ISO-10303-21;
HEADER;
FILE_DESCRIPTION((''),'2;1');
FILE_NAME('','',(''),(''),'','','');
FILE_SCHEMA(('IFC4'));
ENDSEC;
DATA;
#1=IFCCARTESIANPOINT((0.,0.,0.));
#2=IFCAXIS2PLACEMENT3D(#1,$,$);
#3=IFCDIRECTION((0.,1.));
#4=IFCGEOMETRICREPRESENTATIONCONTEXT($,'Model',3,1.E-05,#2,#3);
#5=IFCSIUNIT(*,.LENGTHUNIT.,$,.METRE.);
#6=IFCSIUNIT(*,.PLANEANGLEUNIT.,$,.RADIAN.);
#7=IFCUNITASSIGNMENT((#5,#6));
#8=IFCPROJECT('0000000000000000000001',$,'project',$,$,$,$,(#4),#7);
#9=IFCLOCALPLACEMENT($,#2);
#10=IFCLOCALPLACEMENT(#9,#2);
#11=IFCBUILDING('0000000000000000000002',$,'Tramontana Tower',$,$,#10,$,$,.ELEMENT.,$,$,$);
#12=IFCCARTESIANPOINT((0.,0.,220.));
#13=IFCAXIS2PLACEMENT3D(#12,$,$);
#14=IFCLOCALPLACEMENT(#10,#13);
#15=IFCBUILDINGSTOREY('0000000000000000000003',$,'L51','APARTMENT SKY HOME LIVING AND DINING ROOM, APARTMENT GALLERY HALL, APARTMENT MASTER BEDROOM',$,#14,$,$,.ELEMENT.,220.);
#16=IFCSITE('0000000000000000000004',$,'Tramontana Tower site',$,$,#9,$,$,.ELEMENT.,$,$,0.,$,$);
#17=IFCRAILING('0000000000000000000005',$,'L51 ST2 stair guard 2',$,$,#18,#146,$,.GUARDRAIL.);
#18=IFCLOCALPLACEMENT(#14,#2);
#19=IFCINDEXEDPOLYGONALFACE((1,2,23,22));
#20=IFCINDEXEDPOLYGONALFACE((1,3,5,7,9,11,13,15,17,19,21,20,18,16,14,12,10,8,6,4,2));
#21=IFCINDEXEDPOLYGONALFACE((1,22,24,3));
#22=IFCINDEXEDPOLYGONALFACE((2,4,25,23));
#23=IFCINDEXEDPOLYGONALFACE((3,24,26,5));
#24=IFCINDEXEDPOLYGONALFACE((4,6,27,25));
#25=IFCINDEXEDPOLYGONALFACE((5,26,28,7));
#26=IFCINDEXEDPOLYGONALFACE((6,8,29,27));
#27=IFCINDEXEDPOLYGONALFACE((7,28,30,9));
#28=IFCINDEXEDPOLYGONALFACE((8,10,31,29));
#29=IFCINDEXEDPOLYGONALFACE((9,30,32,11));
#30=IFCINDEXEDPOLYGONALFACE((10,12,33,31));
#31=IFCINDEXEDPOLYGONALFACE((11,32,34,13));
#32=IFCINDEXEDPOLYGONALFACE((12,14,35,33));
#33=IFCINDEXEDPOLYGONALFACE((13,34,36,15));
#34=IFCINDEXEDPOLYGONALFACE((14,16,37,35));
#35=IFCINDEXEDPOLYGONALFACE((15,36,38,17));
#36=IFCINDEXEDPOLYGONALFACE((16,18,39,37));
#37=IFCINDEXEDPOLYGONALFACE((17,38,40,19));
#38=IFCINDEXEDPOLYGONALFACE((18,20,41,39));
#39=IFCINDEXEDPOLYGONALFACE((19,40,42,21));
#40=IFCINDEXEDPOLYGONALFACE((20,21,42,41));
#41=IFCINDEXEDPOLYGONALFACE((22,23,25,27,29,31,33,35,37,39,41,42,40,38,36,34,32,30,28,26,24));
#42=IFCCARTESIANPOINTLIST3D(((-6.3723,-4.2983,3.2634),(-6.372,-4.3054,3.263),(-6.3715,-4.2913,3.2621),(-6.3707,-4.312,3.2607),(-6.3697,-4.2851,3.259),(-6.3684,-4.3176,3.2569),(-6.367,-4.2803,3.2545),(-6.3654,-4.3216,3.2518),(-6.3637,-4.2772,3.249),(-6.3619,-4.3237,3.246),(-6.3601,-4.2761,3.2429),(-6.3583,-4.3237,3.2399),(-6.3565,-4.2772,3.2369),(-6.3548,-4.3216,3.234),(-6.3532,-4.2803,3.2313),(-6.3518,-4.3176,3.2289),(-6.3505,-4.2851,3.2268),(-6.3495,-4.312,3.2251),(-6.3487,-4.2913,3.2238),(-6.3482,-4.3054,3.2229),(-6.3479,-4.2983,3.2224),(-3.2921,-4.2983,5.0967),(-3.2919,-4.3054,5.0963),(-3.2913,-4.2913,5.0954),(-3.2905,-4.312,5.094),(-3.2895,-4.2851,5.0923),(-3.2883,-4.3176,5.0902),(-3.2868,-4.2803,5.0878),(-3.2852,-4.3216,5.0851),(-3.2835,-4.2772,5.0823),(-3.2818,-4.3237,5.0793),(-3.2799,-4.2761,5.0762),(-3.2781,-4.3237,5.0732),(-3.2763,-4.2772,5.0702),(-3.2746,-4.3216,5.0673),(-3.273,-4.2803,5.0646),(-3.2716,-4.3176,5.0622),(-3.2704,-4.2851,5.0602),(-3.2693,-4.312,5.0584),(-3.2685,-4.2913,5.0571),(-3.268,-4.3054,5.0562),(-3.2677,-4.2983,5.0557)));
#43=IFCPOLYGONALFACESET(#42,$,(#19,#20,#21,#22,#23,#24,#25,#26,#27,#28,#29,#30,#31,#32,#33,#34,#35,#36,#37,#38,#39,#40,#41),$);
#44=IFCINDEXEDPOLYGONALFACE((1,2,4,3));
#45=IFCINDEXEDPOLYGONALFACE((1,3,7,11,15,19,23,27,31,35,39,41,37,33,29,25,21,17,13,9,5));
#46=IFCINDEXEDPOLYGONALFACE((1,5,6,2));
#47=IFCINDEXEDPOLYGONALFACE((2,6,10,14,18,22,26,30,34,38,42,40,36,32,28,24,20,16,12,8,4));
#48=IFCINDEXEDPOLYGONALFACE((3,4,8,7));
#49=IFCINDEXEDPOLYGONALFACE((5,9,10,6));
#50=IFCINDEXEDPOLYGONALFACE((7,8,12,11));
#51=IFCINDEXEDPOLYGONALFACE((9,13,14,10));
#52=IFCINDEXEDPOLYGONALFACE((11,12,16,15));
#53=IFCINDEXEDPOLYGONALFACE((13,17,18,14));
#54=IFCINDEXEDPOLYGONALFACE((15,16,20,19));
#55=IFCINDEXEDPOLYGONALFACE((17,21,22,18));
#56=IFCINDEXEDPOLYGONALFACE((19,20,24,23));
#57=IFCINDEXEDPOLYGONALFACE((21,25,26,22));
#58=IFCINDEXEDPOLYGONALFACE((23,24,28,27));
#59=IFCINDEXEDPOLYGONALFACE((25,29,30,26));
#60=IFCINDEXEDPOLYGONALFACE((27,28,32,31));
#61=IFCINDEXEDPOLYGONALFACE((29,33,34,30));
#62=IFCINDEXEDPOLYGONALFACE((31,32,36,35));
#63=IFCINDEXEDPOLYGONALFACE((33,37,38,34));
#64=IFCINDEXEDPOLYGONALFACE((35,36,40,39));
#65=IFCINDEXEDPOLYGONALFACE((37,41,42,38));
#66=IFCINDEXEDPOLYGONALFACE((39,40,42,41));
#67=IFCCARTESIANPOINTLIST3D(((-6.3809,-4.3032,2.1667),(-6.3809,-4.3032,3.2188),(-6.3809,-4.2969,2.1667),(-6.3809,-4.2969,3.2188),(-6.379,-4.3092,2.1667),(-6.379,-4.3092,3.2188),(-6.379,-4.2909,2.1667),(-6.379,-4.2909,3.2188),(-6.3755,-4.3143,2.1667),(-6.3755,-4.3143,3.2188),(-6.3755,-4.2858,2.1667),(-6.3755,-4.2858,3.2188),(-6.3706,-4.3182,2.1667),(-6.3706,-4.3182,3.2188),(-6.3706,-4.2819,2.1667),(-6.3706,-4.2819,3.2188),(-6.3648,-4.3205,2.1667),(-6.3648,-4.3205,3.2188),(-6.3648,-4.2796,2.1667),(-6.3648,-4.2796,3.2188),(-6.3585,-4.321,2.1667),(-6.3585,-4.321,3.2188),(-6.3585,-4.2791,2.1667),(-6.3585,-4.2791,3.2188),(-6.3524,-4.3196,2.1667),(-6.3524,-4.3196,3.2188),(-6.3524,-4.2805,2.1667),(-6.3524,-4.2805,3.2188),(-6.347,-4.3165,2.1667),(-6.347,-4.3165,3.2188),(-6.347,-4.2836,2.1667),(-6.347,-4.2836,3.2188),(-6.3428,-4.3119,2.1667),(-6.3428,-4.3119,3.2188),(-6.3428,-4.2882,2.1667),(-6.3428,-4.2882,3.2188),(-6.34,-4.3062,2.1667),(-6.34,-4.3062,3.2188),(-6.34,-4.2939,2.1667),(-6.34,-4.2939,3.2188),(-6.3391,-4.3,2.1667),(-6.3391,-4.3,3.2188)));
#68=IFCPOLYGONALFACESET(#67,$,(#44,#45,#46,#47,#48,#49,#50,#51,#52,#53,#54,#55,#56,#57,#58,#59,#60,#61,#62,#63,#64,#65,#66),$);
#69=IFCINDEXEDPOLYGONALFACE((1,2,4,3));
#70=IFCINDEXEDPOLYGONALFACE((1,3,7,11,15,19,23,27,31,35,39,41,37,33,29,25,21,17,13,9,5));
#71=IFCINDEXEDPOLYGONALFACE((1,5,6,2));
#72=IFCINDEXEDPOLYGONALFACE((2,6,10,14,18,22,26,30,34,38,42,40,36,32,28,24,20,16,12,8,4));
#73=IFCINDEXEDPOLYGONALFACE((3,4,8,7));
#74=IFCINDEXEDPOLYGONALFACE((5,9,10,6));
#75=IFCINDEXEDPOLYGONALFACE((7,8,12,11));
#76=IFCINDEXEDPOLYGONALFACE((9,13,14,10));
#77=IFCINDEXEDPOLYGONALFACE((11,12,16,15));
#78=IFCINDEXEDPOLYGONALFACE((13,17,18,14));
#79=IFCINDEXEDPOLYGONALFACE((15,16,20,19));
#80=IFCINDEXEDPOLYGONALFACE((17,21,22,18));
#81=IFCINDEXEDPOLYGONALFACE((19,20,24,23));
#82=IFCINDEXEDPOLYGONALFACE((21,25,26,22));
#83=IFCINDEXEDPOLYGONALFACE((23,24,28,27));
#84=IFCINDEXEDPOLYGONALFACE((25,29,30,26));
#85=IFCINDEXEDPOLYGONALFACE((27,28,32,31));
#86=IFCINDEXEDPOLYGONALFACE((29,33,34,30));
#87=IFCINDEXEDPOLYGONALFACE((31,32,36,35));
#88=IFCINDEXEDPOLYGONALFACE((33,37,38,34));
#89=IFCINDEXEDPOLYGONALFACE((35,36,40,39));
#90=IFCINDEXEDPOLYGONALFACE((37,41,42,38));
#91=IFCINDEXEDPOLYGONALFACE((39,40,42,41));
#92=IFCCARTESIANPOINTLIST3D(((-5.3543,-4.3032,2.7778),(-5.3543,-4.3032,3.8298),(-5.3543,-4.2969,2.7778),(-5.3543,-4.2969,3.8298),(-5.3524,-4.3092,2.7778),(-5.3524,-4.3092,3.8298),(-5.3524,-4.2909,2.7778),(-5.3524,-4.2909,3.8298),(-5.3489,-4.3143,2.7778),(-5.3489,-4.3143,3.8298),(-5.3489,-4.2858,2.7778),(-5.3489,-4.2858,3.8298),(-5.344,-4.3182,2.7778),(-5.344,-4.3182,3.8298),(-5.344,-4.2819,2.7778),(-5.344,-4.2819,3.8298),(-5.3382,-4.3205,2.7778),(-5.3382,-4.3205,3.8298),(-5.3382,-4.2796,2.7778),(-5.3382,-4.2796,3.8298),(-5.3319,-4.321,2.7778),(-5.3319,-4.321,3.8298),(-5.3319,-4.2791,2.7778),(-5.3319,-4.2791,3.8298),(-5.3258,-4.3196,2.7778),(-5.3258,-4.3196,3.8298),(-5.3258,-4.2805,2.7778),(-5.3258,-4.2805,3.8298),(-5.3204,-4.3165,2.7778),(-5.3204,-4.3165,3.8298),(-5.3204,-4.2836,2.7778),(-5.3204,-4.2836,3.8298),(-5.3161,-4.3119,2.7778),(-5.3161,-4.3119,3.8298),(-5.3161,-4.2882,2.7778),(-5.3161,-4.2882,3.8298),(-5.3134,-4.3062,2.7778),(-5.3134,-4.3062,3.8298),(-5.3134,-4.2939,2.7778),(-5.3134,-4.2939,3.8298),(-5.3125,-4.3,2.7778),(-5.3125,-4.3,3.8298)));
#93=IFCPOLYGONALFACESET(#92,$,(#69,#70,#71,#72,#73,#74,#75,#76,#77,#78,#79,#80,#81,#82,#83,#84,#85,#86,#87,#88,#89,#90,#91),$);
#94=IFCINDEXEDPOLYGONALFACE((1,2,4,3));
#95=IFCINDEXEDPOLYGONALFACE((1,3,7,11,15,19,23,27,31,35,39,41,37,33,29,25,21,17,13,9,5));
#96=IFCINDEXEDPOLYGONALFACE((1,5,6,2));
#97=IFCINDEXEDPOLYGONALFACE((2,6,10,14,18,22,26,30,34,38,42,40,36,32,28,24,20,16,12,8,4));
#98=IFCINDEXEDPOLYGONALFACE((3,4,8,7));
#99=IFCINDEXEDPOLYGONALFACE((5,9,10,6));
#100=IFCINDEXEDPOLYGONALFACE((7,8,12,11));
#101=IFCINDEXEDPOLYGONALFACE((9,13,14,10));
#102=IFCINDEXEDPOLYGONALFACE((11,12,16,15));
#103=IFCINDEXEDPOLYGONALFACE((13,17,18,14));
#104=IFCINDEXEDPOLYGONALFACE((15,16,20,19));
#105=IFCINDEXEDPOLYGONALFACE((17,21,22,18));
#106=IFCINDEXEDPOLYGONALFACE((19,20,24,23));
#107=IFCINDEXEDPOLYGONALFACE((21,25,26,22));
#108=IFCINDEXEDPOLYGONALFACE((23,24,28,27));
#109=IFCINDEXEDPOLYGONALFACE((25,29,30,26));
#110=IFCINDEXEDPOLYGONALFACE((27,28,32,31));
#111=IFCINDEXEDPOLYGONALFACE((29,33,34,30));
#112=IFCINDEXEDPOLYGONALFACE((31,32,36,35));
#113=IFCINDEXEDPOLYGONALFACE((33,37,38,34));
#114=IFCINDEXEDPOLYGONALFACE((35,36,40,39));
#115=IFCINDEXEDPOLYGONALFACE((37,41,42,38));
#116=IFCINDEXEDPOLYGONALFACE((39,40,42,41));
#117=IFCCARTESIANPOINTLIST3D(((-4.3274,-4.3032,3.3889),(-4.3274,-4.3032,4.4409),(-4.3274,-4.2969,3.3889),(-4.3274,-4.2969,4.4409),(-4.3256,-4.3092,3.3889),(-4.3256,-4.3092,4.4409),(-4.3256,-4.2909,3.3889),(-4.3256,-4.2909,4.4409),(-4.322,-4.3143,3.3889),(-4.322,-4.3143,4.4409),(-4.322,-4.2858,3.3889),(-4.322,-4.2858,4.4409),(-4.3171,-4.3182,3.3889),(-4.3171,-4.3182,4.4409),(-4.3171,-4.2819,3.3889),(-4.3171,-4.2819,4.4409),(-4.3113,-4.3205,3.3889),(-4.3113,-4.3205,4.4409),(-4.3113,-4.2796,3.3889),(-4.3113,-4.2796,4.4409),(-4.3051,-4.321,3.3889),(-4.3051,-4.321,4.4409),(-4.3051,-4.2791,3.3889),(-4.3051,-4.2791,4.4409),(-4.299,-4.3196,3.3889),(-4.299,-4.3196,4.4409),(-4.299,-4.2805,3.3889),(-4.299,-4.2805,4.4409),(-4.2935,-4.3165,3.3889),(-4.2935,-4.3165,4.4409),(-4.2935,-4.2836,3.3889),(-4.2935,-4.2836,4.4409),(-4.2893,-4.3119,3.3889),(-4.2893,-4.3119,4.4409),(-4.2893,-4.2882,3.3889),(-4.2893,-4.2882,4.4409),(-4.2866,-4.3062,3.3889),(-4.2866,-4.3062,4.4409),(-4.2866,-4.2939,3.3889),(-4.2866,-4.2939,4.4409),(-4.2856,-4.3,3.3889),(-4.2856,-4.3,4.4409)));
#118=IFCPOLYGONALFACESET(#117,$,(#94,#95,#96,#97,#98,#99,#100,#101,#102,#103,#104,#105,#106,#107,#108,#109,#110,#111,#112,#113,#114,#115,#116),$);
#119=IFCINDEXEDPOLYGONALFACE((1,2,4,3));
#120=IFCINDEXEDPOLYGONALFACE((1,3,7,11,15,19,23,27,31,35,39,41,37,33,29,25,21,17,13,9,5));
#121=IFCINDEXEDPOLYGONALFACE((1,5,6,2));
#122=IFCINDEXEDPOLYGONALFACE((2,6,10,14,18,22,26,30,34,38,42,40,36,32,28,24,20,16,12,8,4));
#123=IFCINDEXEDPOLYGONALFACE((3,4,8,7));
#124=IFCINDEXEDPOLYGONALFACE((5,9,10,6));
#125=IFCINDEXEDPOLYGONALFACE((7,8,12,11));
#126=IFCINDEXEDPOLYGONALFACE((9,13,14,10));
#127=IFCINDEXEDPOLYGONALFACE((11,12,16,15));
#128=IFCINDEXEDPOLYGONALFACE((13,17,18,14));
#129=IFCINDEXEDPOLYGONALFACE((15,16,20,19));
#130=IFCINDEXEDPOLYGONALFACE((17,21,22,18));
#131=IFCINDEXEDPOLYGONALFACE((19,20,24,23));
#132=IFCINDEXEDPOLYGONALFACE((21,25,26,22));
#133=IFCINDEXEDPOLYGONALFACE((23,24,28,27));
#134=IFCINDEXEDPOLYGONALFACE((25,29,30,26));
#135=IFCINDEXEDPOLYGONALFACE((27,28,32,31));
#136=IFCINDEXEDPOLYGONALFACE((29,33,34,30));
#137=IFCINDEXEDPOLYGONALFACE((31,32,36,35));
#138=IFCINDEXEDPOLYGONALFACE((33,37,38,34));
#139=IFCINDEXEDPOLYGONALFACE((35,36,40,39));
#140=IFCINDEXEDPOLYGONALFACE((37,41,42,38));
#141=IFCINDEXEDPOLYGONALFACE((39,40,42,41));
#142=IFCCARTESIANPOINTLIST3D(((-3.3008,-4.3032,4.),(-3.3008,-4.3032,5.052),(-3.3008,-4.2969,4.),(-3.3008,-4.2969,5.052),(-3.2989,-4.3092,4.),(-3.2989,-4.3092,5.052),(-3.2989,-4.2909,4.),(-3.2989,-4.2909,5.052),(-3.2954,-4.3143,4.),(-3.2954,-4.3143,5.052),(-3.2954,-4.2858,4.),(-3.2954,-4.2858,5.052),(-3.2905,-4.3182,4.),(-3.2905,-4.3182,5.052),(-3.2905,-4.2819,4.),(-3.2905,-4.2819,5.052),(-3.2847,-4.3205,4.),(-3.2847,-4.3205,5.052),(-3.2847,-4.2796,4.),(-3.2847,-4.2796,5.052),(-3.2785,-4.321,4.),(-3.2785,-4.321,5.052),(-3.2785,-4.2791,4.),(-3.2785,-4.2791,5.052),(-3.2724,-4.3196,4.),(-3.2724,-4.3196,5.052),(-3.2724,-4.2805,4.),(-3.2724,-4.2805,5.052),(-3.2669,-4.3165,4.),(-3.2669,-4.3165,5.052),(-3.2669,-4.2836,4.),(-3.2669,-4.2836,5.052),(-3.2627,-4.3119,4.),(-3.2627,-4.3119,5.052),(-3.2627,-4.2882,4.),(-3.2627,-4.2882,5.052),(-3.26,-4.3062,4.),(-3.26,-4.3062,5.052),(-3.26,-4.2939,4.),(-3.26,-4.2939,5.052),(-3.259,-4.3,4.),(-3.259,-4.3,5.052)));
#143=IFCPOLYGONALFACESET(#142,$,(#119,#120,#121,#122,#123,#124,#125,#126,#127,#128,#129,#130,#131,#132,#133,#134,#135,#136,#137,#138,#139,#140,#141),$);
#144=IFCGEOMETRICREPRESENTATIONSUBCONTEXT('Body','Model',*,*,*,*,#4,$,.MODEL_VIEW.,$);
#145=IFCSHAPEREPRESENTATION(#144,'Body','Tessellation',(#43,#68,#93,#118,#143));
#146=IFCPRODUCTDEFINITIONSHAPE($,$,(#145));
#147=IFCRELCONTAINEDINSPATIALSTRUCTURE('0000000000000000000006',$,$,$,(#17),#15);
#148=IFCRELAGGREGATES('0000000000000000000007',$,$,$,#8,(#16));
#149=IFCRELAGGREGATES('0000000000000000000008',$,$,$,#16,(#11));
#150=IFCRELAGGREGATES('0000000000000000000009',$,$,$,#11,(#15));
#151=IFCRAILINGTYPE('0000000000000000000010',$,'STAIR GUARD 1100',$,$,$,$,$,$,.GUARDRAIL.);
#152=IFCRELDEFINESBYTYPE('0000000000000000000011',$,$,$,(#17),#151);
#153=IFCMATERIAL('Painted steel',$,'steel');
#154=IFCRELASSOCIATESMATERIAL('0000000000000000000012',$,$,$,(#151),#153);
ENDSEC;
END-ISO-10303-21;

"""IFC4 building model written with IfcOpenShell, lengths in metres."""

from ifc_helpers import new_model, si_unit, direction, frame, origin, origin_2d, place, context, subcontext, project, spatial, circle, extrude, material, type_object, element, save


model = new_model("IFC4")

# Units and contexts
model_context = context("Model", 3, precision=1e-05, world=origin(), true_north=direction((0.0, 1.0)))
body_context = subcontext(model_context, "Body", "Model", "MODEL_VIEW")
ifc_project = project(units=[si_unit("LENGTHUNIT", "METRE"), si_unit("PLANEANGLEUNIT", "RADIAN")], contexts=[model_context])

# Site, building, storey
site_placement = place(None, origin())
site = spatial("IfcSite", under=ifc_project, at=site_placement, Name="Tramontana Tower site", CompositionType="ELEMENT", RefElevation=0.0)
building_placement = place(site_placement, origin())
building = spatial("IfcBuilding", under=site, at=building_placement, Name="Tramontana Tower", CompositionType="ELEMENT")
storey_placement = place(building_placement, frame((0.0, 0.0, 220.0)))
storey = spatial("IfcBuildingStorey", under=building, at=storey_placement, Name="L51", Description="APARTMENT SKY HOME LIVING AND DINING ROOM, APARTMENT GALLERY HALL, APARTMENT MASTER BEDROOM", CompositionType="ELEMENT", Elevation=220.0)

# Railing
ifc_material_1 = material(Name="Painted steel", Category="steel")
railing_type_1 = type_object("IfcRailingType", Name="STAIR GUARD 1100", PredefinedType="GUARDRAIL", material=ifc_material_1)
railing_1_placement = place(storey_placement, frame((-6.3601, -4.3, 2.1667)))
element("IfcRailing", 1, at=railing_1_placement, inside=storey, type_object=railing_type_1, Name="L51 ST2 stair guard 2", PredefinedType="GUARDRAIL", context=body_context, shape_type="SweptSolid", body=[
    extrude(circle(Radius=0.0239, at=origin_2d()), frame((0.0, 0.0, 1.0762), z_axis=(0.859309, 0.0, 0.511458), x_axis=(0.0, 1.0, 0.0)), (0.0, 0.0, 1.0), 3.5845),
    extrude(circle(Radius=0.021, at=origin_2d()), origin(), (0.0, 0.0, 1.0), 1.052),
    extrude(circle(Radius=0.021, at=origin_2d()), frame((1.0266, 0.0, 0.6111)), (0.0, 0.0, 1.0), 1.052),
    extrude(circle(Radius=0.021, at=origin_2d()), frame((2.0535, 0.0, 1.2222)), (0.0, 0.0, 1.0), 1.052),
    extrude(circle(Radius=0.021, at=origin_2d()), frame((3.0801, 0.0, 1.8333)), (0.0, 0.0, 1.0), 1.052),
])

save(model, "model.ifc")
